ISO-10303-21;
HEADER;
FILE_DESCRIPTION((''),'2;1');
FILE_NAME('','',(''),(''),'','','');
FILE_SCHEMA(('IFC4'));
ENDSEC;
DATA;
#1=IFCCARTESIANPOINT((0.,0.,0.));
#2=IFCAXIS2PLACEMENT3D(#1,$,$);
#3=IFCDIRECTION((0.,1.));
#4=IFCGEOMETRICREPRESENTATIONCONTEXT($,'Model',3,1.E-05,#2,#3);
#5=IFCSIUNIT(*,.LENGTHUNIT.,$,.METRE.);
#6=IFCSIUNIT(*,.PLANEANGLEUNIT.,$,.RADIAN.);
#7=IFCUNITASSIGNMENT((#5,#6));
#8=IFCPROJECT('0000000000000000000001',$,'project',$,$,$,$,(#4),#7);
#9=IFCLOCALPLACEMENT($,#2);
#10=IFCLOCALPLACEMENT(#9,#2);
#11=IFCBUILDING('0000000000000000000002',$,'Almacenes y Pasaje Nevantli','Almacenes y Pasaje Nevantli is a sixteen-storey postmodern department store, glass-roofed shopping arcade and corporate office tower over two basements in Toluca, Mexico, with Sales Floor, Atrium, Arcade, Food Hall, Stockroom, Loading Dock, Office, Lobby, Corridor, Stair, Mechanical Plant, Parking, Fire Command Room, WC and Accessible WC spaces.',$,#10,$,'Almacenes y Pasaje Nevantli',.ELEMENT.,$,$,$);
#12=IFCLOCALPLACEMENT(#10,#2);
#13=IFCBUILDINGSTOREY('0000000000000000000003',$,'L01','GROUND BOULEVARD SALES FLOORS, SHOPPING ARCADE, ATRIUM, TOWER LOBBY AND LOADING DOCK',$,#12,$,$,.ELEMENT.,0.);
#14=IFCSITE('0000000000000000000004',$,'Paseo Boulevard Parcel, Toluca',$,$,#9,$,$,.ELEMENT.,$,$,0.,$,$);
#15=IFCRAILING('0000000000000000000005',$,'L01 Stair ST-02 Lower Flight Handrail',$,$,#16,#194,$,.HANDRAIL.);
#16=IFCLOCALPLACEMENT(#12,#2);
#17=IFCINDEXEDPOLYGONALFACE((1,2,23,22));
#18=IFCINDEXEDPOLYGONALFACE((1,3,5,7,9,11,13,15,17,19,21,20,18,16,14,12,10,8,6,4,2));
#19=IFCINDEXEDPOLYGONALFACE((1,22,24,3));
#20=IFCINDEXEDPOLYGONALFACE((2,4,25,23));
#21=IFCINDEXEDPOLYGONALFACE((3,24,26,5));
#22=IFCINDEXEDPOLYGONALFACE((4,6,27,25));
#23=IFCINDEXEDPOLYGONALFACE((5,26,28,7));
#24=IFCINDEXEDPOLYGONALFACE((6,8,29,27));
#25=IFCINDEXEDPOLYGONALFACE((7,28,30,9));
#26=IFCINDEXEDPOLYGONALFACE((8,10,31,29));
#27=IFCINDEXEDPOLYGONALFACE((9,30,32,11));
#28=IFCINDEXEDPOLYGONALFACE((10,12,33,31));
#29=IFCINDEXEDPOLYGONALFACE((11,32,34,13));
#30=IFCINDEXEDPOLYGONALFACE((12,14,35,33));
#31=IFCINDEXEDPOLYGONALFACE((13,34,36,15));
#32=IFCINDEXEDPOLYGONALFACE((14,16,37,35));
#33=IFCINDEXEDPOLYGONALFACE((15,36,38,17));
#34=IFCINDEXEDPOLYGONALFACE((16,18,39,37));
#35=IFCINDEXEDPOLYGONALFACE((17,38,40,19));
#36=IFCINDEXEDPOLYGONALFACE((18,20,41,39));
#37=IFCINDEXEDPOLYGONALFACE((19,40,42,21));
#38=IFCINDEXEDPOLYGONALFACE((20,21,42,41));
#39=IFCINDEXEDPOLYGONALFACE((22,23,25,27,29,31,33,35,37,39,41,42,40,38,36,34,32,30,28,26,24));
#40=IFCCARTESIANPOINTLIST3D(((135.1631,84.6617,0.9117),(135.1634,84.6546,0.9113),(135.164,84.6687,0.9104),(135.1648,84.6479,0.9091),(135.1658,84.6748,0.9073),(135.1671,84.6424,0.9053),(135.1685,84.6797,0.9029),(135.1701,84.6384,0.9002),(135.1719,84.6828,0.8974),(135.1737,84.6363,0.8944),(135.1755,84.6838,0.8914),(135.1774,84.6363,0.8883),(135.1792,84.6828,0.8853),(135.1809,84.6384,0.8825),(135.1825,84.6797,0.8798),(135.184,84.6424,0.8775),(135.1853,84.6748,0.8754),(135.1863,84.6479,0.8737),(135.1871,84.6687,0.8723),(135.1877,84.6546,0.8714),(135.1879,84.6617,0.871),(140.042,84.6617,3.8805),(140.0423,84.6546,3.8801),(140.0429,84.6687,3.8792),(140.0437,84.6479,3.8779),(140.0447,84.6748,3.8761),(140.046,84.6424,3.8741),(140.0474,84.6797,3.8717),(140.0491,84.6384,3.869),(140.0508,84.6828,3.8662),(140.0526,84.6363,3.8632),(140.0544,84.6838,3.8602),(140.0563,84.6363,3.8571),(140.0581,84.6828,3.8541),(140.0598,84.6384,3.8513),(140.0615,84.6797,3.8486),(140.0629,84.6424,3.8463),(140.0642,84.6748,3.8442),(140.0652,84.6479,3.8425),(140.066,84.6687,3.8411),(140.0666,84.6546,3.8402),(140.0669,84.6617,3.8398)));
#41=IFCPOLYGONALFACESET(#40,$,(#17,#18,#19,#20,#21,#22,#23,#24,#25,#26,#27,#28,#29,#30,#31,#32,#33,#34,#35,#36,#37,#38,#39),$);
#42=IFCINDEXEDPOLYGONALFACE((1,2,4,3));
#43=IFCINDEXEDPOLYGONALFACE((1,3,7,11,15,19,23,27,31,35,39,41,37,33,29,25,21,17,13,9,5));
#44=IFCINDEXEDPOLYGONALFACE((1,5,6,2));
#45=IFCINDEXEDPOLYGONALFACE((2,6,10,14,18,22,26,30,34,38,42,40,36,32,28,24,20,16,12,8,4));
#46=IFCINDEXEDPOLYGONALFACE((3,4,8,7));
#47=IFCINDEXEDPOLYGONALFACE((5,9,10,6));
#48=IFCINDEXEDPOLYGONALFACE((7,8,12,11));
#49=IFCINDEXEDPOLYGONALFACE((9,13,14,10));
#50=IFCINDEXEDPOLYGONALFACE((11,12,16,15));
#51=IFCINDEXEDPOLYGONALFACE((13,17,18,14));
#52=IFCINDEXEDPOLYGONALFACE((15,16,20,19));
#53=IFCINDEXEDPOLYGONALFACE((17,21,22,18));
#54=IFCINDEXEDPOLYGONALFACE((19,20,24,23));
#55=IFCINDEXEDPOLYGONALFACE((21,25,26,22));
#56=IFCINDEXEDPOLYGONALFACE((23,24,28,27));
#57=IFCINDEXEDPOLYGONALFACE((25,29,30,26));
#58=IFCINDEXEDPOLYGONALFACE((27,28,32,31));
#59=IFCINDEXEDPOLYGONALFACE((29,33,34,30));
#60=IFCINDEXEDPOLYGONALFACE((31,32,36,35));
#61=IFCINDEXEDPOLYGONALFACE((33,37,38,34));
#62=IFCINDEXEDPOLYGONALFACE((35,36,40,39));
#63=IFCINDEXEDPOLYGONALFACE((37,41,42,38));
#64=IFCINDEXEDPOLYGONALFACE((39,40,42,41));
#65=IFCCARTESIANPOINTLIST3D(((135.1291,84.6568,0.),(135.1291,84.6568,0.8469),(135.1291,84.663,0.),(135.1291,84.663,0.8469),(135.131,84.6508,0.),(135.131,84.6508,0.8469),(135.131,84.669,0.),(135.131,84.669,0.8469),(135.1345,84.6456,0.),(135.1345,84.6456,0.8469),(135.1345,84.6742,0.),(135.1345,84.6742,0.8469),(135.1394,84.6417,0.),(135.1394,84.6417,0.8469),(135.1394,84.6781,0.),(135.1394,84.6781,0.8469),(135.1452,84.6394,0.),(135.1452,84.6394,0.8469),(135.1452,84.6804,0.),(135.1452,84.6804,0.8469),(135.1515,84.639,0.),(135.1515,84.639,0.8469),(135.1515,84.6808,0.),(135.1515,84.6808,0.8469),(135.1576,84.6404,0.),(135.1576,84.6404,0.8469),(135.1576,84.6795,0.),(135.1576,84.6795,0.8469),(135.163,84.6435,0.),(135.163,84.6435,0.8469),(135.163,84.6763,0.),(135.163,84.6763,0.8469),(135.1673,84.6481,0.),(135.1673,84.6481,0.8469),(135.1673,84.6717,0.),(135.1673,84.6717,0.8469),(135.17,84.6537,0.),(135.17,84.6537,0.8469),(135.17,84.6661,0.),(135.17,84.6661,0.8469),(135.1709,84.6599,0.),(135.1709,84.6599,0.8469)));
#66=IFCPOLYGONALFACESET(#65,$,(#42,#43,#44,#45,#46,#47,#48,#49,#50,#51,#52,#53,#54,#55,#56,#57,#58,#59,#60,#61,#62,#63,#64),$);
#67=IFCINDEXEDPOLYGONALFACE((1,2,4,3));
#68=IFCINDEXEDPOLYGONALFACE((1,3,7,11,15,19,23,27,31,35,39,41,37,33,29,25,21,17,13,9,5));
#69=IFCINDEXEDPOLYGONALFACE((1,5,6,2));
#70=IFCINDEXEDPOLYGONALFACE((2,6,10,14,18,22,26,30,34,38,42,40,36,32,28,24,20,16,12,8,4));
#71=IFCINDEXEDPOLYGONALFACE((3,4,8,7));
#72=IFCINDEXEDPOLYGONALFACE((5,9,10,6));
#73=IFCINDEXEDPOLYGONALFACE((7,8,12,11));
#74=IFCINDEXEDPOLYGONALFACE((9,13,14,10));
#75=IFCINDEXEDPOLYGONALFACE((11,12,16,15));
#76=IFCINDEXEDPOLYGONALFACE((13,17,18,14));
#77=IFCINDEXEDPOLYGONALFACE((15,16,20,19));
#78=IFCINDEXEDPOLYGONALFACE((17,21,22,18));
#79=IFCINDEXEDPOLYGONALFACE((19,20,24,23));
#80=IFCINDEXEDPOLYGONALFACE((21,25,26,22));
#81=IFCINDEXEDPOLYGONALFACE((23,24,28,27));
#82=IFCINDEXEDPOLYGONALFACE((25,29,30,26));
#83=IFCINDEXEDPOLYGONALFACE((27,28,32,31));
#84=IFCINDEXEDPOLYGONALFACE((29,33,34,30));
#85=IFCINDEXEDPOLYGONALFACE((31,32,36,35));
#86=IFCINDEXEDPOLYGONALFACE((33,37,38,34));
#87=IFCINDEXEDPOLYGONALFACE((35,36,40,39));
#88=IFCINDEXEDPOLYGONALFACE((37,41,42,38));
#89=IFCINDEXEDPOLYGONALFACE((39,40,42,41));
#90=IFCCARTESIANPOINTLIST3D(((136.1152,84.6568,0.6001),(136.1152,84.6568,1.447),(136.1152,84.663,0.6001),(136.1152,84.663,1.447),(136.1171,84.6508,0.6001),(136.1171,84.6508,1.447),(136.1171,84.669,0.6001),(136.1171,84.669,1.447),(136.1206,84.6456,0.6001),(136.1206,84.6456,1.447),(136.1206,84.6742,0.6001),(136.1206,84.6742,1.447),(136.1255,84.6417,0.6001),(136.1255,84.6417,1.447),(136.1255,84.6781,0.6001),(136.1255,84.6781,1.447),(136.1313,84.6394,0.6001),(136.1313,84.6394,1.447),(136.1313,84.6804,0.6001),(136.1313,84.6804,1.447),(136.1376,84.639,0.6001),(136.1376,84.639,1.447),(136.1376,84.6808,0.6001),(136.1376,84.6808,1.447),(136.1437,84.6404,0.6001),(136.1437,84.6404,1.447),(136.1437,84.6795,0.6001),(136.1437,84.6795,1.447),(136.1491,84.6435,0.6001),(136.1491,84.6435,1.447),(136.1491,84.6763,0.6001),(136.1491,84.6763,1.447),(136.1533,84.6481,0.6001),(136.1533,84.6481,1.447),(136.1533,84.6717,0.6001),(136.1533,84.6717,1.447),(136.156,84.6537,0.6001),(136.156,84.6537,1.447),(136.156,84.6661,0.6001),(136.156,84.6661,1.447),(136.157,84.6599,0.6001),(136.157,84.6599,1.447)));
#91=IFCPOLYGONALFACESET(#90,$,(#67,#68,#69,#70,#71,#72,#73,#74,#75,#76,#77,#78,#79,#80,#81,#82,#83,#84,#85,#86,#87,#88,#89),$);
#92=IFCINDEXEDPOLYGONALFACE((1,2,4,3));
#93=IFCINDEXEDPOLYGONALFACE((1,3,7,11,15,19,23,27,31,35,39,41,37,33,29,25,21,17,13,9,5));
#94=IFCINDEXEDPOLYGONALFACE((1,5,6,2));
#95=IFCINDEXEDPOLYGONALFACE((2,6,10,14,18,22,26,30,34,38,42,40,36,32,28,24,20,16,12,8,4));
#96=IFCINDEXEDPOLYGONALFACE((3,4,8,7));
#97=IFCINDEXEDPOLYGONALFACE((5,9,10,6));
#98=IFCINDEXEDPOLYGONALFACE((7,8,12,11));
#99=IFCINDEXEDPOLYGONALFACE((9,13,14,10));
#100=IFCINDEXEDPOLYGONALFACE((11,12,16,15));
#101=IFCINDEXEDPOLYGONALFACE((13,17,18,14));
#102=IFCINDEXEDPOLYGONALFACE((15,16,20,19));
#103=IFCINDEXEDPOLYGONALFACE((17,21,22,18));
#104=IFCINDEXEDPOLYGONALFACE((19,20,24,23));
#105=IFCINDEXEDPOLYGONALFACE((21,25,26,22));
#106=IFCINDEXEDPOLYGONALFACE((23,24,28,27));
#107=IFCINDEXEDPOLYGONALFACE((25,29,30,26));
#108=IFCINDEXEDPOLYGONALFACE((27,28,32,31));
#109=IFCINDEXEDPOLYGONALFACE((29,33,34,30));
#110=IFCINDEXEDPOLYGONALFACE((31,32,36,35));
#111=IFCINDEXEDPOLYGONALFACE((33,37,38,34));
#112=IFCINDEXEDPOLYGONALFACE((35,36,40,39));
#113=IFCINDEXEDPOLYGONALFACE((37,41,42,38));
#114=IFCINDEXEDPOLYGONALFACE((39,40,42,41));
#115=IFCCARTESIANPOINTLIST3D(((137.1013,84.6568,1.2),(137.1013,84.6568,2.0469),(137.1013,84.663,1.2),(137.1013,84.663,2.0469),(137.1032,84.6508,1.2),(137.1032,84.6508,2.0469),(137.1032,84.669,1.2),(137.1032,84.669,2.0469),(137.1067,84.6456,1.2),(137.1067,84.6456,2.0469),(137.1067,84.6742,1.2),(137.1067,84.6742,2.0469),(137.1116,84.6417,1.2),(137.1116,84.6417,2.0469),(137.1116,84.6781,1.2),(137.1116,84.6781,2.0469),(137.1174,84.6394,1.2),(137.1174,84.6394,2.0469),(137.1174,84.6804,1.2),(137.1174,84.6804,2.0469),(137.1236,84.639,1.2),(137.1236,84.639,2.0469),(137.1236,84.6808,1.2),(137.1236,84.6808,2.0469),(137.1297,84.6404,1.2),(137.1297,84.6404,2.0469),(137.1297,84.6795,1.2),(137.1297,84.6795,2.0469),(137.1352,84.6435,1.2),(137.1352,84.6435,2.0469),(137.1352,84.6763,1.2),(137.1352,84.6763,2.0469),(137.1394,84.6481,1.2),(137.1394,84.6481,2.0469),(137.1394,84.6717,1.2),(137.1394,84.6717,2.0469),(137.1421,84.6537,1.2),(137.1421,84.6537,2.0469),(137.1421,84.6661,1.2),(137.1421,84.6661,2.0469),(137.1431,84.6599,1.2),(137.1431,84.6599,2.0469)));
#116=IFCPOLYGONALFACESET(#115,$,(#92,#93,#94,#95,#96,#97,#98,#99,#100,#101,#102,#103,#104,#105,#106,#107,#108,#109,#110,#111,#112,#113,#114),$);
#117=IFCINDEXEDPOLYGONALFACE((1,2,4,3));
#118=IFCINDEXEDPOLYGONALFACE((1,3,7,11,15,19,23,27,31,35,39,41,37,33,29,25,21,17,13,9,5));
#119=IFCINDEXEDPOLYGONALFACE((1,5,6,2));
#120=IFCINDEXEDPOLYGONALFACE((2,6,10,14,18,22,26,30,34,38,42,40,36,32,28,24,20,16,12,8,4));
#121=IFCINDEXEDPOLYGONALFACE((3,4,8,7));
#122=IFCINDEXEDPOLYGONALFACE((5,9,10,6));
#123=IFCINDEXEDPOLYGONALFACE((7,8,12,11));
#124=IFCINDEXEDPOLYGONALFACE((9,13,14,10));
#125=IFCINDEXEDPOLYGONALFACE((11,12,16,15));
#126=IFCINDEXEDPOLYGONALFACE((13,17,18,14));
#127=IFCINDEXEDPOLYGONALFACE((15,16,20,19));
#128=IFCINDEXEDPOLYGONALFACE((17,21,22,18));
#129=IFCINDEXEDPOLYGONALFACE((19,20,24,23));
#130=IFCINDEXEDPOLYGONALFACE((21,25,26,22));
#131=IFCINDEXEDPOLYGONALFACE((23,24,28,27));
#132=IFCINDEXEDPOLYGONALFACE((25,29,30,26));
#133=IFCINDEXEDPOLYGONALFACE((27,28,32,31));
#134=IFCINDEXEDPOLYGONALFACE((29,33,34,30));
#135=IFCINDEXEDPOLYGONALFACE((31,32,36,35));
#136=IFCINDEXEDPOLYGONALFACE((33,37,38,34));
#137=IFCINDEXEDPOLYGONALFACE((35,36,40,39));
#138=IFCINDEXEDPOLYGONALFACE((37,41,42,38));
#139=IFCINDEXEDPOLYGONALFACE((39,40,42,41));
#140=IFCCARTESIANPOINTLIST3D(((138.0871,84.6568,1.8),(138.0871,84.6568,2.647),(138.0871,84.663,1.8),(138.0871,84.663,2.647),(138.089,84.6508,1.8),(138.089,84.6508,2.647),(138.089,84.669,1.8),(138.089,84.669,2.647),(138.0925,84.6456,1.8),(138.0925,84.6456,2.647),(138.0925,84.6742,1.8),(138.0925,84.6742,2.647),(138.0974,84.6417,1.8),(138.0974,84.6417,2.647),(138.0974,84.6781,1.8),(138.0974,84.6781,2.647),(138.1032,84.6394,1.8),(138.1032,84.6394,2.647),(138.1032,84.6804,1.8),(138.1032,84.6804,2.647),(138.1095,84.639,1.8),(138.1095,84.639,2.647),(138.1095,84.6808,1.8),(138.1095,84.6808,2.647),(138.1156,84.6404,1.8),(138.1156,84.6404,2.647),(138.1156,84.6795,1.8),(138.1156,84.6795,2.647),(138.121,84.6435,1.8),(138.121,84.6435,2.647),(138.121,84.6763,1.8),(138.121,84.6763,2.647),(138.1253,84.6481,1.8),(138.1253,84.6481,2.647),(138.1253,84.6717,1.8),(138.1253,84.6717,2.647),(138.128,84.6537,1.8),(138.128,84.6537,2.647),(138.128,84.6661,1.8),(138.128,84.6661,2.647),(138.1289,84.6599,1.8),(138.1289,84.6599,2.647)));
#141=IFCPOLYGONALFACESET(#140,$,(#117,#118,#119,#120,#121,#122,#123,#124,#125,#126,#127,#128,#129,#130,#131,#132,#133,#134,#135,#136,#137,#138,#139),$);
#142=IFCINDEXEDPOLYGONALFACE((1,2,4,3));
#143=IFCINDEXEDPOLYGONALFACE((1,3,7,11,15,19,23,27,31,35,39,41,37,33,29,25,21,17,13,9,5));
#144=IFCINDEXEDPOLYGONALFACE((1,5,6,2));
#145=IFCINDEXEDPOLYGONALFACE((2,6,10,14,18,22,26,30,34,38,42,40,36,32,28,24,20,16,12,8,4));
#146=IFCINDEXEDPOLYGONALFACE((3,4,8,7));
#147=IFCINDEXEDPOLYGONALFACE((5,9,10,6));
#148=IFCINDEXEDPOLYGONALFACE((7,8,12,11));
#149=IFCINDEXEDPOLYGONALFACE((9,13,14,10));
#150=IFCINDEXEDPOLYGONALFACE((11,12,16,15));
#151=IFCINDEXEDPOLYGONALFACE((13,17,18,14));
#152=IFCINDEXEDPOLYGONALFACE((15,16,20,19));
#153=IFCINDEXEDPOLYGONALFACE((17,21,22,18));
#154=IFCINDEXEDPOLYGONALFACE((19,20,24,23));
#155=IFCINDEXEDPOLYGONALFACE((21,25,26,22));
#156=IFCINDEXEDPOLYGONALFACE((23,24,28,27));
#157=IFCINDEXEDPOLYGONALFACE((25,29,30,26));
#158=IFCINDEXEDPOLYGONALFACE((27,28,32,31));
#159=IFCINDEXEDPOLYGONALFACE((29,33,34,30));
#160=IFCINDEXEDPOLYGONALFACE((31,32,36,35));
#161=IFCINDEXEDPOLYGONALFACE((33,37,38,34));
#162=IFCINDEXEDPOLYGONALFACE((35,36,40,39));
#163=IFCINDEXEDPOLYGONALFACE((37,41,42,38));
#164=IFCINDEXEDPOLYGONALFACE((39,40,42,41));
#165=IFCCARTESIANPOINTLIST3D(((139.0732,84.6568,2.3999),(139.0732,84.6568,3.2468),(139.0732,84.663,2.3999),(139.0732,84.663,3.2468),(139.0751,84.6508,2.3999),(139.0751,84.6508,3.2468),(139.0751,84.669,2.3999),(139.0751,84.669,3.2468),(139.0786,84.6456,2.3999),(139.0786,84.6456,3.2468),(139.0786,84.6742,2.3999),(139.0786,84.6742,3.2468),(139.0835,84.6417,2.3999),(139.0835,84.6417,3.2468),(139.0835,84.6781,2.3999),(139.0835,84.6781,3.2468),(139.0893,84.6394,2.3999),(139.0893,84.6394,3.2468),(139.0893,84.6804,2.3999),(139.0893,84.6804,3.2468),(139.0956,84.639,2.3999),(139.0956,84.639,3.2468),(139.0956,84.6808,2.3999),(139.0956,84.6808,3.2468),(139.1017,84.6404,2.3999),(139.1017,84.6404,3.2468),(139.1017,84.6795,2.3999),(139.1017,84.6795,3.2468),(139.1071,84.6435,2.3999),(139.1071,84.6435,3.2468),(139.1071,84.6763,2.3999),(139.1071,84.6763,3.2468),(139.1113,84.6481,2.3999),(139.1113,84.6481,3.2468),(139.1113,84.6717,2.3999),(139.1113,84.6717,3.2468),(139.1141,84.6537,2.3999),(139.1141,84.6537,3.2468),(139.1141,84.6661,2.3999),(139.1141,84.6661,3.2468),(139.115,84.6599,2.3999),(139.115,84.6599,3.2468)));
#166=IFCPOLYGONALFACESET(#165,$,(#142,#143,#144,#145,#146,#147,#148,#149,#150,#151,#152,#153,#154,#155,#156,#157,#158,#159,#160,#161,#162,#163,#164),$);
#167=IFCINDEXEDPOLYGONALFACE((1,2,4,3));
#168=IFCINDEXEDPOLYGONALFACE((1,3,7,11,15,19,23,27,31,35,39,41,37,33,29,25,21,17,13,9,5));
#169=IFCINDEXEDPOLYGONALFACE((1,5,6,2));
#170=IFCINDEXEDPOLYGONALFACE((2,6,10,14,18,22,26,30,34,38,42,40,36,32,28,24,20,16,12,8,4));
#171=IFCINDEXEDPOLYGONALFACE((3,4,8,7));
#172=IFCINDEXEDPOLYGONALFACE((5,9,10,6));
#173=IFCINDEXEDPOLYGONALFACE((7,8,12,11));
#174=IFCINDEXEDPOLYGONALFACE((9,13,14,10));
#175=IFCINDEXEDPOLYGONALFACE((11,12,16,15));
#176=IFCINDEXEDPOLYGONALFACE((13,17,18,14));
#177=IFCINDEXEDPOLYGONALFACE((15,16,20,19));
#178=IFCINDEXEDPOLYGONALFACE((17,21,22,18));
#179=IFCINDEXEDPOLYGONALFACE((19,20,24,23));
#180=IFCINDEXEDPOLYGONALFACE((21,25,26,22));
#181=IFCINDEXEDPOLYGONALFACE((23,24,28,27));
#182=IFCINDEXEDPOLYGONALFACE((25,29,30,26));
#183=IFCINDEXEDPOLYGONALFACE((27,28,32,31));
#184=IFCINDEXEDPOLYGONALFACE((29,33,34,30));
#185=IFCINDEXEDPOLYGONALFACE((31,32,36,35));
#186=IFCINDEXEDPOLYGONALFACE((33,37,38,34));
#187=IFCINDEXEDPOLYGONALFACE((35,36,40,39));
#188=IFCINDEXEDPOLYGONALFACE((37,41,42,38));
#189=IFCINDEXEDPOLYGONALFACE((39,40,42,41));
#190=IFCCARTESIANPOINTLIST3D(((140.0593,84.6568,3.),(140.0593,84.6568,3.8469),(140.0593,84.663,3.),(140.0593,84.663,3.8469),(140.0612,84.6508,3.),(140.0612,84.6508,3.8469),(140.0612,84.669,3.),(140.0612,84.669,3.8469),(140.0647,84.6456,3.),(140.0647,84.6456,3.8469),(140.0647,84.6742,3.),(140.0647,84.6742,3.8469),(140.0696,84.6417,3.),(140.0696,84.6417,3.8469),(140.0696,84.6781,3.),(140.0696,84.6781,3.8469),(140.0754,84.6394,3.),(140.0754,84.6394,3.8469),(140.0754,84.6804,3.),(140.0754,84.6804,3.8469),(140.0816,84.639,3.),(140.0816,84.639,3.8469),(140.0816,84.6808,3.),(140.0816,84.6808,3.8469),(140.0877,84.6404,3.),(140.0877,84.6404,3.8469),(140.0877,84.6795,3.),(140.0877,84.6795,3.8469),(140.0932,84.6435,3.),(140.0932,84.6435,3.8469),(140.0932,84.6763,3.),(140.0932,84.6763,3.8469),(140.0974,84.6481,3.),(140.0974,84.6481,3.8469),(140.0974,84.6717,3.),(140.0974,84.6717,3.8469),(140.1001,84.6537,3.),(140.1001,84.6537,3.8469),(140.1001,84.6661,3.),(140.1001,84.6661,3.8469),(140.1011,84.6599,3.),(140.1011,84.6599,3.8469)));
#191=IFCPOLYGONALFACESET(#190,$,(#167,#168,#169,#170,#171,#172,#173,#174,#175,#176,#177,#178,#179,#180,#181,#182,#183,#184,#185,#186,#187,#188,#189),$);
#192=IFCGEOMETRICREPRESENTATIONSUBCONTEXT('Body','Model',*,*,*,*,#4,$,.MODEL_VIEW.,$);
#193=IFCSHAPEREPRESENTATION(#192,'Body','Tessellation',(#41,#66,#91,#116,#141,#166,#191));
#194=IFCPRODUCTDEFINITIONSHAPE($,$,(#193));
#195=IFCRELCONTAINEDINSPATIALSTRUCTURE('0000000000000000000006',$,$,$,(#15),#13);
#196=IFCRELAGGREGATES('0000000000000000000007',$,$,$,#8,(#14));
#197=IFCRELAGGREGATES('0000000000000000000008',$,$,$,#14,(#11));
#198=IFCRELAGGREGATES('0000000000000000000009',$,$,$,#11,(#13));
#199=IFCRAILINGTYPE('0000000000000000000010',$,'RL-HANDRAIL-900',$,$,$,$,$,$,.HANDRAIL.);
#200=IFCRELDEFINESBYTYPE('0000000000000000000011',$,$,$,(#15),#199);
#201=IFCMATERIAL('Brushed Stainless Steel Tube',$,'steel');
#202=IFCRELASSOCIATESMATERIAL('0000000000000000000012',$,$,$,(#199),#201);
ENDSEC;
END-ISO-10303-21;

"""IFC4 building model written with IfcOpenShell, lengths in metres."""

from ifc_helpers import new_model, si_unit, direction, frame, origin, origin_2d, place, context, subcontext, project, spatial, circle, extrude, material, type_object, element, save


model = new_model("IFC4")

# Units and contexts
model_context = context("Model", 3, precision=1e-05, world=origin(), true_north=direction((0.0, 1.0)))
body_context = subcontext(model_context, "Body", "Model", "MODEL_VIEW")
ifc_project = project(units=[si_unit("LENGTHUNIT", "METRE"), si_unit("PLANEANGLEUNIT", "RADIAN")], contexts=[model_context])

# Site, building, storey
site_placement = place(None, origin())
site = spatial("IfcSite", under=ifc_project, at=site_placement, Name="Paseo Boulevard Parcel, Toluca", CompositionType="ELEMENT", RefElevation=0.0)
building_placement = place(site_placement, origin())
building = spatial("IfcBuilding", under=site, at=building_placement, Name="Almacenes y Pasaje Nevantli", Description="Almacenes y Pasaje Nevantli is a sixteen-storey postmodern department store, glass-roofed shopping arcade and corporate office tower over two basements in Toluca, Mexico, with Sales Floor, Atrium, Arcade, Food Hall, Stockroom, Loading Dock, Office, Lobby, Corridor, Stair, Mechanical Plant, Parking, Fire Command Room, WC and Accessible WC spaces.", LongName="Almacenes y Pasaje Nevantli", CompositionType="ELEMENT")
storey_placement = place(building_placement, origin())
storey = spatial("IfcBuildingStorey", under=building, at=storey_placement, Name="L01", Description="GROUND BOULEVARD SALES FLOORS, SHOPPING ARCADE, ATRIUM, TOWER LOBBY AND LOADING DOCK", CompositionType="ELEMENT", Elevation=0.0)

# Railing
ifc_material_1 = material(Name="Brushed Stainless Steel Tube", Category="steel")
railing_type_1 = type_object("IfcRailingType", Name="RL-HANDRAIL-900", PredefinedType="HANDRAIL", material=ifc_material_1)
railing_1_placement = place(storey_placement, frame((135.1499, 84.6599, 0.0)))
element("IfcRailing", 1, at=railing_1_placement, inside=storey, type_object=railing_type_1, Name="L01 Stair ST-02 Lower Flight Handrail", PredefinedType="HANDRAIL", context=body_context, shape_type="SweptSolid", body=[
    extrude(circle(Radius=0.0239, at=origin_2d()), frame((0.0256, 0.0, 0.8914), z_axis=(0.854274, 0.0, 0.519823), x_axis=(0.0, 1.0, 0.0)), (0.0, 0.0, 1.0), 5.7112),
    extrude(circle(Radius=0.021, at=origin_2d()), origin(), (0.0, 0.0, 1.0), 0.8469),
    extrude(circle(Radius=0.021, at=origin_2d()), frame((0.9861, 0.0, 0.6001)), (0.0, 0.0, 1.0), 0.8469),
    extrude(circle(Radius=0.021, at=origin_2d()), frame((1.9722, 0.0, 1.2)), (0.0, 0.0, 1.0), 0.8469),
    extrude(circle(Radius=0.021, at=origin_2d()), frame((2.958, 0.0, 1.8)), (0.0, 0.0, 1.0), 0.8469),
    extrude(circle(Radius=0.021, at=origin_2d()), frame((3.9441, 0.0, 2.3999)), (0.0, 0.0, 1.0), 0.8469),
    extrude(circle(Radius=0.021, at=origin_2d()), frame((4.9302, 0.0, 3.0)), (0.0, 0.0, 1.0), 0.8469),
])

save(model, "model.ifc")
